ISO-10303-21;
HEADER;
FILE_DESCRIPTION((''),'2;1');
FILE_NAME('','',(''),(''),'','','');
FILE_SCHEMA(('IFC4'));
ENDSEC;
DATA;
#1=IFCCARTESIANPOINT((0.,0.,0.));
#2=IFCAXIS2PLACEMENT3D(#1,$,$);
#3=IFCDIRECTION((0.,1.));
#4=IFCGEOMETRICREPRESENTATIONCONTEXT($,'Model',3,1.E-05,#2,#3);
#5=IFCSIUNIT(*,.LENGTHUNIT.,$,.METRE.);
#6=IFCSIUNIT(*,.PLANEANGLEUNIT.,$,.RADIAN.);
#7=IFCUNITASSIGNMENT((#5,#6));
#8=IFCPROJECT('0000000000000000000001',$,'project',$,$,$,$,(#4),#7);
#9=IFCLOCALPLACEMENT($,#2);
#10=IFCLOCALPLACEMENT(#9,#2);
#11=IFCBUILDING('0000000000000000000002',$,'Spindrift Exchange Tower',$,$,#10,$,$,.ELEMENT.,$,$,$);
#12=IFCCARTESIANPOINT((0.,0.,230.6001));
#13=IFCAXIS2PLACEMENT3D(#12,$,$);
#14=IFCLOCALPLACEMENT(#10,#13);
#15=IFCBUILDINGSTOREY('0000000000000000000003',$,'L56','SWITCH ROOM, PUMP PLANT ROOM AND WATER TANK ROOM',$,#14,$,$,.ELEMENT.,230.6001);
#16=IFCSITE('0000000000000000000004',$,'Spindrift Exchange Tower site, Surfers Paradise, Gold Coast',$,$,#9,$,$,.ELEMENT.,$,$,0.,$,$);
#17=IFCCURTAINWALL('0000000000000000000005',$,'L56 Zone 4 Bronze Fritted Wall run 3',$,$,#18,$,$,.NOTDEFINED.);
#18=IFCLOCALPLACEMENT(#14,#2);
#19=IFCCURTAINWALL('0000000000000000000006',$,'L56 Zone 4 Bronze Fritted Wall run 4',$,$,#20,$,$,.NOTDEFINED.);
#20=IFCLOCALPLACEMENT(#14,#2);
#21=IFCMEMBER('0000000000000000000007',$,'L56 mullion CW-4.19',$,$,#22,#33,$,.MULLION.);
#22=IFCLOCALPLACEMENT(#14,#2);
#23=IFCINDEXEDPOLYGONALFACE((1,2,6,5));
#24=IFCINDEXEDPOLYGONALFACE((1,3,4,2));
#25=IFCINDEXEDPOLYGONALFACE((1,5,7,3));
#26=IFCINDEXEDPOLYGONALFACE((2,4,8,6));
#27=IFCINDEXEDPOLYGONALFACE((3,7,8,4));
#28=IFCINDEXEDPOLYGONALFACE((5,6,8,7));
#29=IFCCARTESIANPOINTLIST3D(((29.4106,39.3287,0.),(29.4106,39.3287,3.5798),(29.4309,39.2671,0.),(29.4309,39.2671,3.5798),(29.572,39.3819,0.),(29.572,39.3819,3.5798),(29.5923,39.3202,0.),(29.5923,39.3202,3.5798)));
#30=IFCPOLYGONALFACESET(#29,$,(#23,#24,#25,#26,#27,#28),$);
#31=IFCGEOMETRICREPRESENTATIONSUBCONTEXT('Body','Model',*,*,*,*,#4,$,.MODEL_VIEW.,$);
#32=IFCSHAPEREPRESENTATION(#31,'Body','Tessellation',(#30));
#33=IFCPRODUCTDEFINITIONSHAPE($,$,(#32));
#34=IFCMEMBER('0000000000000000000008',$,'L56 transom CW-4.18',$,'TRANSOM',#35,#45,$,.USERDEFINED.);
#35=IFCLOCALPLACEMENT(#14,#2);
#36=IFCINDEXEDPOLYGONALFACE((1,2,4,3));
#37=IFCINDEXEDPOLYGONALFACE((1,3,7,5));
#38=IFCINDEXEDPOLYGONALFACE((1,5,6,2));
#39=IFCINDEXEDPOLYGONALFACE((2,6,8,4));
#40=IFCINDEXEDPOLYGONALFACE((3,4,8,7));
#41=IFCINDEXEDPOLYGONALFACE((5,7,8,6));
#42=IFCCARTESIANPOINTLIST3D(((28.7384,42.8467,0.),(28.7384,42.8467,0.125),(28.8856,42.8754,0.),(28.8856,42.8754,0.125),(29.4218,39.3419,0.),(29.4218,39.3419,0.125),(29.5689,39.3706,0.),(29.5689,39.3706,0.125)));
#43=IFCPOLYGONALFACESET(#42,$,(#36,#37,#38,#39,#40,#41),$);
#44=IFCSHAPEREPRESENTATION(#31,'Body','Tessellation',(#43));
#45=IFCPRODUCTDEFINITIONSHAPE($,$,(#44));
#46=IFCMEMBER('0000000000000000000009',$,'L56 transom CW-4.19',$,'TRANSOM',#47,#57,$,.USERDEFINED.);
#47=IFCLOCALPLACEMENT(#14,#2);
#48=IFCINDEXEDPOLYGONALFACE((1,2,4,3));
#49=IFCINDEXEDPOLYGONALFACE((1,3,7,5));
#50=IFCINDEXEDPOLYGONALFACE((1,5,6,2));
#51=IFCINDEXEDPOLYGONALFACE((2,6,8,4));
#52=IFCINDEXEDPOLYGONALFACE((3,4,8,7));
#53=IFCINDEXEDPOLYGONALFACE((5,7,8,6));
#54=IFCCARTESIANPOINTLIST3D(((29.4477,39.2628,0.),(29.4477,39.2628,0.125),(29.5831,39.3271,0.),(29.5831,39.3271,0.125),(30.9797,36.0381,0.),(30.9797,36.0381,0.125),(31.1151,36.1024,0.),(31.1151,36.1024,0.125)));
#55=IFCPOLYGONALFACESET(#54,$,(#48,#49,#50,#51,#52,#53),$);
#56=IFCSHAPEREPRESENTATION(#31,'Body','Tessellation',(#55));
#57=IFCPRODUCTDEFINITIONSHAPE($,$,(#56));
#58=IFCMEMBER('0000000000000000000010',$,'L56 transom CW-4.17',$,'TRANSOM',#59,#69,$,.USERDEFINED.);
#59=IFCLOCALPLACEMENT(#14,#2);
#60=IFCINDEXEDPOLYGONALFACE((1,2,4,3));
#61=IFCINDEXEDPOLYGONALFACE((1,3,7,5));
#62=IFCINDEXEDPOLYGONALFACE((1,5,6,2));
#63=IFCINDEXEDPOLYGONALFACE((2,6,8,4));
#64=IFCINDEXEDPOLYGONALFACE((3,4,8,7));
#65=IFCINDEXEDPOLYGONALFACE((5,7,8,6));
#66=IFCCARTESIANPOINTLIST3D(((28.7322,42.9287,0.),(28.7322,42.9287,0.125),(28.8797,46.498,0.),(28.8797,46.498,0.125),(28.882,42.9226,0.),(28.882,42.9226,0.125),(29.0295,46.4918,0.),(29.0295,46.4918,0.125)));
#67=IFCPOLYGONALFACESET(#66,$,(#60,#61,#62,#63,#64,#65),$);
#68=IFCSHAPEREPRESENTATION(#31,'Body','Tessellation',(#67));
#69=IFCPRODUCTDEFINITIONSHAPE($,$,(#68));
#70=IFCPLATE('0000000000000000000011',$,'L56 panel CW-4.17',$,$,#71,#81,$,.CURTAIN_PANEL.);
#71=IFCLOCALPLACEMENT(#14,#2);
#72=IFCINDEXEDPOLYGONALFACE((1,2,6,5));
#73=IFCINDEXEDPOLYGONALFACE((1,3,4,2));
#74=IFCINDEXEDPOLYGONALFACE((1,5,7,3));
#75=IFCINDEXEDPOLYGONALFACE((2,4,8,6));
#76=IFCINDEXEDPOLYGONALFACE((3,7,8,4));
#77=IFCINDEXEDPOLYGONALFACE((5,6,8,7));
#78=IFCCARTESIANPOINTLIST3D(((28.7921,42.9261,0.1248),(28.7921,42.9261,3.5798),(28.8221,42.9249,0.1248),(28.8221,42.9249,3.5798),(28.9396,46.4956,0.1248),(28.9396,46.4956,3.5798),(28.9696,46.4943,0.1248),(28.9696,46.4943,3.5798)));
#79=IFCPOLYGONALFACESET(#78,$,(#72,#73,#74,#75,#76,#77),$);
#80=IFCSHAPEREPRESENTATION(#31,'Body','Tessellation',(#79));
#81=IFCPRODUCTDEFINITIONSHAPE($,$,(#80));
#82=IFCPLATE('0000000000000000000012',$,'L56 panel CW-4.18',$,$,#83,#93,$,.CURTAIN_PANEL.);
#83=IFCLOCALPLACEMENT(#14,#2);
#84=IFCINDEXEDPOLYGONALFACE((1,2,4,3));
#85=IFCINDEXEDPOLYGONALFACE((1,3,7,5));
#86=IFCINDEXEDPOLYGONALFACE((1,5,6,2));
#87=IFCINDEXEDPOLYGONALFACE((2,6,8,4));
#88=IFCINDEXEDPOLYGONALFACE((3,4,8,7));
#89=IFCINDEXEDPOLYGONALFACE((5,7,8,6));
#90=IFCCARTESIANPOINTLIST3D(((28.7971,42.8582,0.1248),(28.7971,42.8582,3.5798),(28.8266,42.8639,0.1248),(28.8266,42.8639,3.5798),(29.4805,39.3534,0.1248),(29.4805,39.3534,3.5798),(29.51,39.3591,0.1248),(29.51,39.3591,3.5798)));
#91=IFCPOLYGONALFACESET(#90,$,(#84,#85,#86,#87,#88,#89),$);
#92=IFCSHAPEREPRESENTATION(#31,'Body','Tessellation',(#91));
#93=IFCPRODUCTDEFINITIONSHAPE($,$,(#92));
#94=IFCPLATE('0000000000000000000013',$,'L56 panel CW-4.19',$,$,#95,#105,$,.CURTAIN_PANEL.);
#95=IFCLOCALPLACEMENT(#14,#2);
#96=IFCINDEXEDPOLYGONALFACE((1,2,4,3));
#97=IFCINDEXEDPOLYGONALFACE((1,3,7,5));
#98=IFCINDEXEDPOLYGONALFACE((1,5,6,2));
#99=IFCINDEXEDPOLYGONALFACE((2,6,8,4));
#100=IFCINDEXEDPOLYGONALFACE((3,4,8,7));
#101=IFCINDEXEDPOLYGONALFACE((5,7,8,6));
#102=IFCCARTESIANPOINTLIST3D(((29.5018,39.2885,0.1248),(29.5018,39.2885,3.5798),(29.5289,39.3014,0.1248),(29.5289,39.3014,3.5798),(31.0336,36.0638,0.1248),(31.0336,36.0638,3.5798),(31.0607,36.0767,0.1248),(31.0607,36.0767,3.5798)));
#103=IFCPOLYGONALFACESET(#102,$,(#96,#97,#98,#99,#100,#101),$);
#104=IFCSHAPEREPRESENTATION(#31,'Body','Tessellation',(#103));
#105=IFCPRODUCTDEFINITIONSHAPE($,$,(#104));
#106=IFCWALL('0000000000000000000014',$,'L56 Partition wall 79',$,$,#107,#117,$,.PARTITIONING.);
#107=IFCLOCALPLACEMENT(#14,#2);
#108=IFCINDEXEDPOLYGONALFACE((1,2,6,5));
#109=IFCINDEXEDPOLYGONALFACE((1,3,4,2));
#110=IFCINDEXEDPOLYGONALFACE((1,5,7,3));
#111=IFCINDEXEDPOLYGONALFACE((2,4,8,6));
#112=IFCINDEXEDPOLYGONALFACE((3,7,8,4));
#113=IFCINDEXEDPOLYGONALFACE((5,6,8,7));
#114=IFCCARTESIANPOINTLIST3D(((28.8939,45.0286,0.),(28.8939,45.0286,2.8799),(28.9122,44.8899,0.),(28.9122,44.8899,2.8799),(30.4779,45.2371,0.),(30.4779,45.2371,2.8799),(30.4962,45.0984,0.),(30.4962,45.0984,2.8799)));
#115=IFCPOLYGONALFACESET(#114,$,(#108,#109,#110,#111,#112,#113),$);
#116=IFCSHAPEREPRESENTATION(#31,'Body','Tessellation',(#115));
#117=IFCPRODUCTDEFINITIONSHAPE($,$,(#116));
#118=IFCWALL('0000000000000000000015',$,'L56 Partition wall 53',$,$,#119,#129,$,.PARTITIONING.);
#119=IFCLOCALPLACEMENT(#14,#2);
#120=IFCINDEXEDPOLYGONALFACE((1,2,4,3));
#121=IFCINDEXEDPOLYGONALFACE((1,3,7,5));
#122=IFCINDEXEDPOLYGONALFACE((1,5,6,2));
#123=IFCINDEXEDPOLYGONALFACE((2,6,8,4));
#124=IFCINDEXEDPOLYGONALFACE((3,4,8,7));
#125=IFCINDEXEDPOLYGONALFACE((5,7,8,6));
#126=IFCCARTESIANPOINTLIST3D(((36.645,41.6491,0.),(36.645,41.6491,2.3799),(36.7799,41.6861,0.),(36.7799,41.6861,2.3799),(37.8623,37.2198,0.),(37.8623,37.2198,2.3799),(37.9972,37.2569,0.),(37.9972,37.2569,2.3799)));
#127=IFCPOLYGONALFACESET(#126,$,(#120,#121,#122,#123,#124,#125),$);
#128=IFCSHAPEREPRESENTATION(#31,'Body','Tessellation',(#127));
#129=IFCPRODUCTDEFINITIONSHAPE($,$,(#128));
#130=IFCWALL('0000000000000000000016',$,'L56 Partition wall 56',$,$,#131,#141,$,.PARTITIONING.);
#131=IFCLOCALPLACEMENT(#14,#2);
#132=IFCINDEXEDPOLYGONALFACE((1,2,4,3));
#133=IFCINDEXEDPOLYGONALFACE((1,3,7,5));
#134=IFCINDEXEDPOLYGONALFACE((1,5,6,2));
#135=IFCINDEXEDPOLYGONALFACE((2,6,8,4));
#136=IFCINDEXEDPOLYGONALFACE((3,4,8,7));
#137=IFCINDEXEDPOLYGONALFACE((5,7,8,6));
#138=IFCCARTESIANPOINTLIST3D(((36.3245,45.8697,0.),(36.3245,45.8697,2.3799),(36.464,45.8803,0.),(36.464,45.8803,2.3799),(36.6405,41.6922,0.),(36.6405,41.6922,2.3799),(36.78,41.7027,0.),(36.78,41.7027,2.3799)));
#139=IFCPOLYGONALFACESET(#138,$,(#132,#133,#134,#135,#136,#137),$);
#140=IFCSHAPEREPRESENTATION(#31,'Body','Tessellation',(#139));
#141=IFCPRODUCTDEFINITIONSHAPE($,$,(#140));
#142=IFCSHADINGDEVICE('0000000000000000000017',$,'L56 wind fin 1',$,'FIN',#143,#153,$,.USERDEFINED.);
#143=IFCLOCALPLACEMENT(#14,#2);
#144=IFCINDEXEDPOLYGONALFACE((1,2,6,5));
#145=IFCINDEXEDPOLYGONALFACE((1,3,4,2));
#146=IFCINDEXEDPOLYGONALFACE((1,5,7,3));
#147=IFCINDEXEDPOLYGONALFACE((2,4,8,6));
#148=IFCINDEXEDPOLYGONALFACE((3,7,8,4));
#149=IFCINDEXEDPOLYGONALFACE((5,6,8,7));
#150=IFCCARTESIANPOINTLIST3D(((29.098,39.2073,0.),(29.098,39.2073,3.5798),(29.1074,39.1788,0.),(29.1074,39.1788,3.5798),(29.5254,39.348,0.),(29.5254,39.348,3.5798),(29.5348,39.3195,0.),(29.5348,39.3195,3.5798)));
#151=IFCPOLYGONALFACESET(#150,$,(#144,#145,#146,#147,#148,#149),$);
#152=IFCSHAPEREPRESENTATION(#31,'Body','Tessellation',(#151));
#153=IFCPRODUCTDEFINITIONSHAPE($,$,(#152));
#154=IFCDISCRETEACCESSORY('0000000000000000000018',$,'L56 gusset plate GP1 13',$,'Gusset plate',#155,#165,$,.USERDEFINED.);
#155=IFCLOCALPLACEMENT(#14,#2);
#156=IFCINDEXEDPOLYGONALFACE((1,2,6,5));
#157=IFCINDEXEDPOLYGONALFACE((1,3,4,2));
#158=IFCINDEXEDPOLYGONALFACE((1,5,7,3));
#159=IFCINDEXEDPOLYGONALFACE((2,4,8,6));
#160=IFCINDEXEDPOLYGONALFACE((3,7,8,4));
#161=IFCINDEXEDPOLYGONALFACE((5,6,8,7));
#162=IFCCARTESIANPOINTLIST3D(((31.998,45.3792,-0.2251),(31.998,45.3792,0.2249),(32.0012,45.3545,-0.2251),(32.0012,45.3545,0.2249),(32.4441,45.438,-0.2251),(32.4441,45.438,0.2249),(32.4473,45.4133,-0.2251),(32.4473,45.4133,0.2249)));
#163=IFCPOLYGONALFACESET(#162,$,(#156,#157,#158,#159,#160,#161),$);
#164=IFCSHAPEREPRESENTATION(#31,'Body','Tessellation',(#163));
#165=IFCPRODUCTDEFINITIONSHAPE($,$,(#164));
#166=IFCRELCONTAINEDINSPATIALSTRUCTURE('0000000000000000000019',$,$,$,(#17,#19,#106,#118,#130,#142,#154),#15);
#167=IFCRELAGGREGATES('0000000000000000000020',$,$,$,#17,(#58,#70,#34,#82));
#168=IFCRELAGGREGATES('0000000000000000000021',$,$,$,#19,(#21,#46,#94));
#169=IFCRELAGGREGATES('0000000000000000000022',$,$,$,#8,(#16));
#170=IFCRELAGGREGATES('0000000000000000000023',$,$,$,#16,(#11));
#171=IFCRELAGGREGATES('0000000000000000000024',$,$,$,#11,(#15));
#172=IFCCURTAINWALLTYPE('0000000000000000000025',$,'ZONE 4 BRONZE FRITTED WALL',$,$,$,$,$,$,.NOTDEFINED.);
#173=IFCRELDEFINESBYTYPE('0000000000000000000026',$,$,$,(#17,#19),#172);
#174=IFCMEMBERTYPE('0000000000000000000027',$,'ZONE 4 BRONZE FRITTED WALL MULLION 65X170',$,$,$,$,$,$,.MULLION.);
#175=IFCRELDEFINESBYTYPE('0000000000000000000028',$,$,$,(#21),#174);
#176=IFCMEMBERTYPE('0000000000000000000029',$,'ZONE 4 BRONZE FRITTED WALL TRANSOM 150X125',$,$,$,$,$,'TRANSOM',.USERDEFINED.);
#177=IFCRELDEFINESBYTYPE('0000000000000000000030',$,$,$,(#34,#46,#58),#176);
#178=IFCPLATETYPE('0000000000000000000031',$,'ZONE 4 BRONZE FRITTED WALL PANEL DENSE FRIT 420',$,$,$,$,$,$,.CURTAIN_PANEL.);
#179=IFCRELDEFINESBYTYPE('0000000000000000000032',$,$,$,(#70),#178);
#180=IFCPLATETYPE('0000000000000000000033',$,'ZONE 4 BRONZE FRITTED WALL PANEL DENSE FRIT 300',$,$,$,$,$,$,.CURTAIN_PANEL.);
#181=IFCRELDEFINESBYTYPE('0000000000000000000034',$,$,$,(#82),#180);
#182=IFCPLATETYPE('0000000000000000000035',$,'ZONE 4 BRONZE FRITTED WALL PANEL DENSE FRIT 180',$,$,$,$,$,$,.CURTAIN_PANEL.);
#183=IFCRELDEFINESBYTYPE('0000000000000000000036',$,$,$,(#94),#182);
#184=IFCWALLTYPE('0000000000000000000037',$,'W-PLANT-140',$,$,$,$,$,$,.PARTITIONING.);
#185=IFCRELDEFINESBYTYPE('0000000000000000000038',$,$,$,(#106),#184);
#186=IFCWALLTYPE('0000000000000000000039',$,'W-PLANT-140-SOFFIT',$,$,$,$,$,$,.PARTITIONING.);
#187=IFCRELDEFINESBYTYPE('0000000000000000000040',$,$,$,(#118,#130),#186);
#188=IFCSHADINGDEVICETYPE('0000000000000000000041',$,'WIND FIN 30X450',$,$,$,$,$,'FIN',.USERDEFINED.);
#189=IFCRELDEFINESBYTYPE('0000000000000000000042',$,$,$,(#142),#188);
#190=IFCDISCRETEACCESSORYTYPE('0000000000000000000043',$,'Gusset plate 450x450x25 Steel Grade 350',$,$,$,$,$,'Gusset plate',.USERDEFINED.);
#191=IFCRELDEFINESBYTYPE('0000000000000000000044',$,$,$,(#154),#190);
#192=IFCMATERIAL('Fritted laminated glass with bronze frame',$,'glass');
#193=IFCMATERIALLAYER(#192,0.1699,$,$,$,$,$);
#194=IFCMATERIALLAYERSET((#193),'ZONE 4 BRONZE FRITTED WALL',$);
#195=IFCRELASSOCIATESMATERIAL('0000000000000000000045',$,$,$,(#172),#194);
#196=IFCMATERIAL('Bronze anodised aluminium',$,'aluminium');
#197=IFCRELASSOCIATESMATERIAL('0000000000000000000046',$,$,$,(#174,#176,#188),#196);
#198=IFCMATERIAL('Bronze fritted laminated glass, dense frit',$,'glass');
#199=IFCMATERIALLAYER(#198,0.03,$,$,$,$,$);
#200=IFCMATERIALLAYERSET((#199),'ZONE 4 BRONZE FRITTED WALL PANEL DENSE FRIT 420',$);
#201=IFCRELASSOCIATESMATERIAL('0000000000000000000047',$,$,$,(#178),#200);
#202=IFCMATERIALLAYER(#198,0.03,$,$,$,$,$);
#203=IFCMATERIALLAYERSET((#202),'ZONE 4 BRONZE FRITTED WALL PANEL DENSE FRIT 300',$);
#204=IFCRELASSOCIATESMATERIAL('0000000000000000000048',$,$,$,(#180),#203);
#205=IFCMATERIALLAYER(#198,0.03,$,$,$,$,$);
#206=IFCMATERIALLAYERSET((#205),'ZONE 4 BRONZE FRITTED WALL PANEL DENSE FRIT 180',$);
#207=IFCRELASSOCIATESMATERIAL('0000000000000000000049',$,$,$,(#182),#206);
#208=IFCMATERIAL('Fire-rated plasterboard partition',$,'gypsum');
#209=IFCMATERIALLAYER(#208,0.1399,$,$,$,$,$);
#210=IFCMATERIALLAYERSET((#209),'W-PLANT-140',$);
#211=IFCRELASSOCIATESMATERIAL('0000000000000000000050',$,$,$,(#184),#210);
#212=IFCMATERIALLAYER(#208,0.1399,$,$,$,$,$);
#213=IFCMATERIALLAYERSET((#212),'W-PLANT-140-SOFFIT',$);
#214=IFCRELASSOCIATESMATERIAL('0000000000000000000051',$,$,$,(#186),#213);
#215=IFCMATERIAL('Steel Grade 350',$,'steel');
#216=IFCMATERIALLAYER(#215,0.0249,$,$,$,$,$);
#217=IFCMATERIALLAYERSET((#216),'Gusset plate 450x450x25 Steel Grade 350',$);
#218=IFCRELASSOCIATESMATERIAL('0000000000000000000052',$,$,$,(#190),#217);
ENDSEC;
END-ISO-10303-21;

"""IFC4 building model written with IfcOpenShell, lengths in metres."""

from ifc_helpers import new_model, si_unit, direction, frame, frame_2d, origin, origin_2d, place, context, subcontext, project, spatial, rectangle, extrude, source, transform, mapped, material, layer, layer_set, material_profile, profile_set, type_object, element, aggregate, save


model = new_model("IFC4")

# Units and contexts
model_context = context("Model", 3, precision=1e-05, world=origin(), true_north=direction((0.0, 1.0)))
body_context = subcontext(model_context, "Body", "Model", "MODEL_VIEW")
ifc_project = project(units=[si_unit("LENGTHUNIT", "METRE"), si_unit("PLANEANGLEUNIT", "RADIAN")], contexts=[model_context])

# Site, building, storey
site_placement = place(None, origin())
site = spatial("IfcSite", under=ifc_project, at=site_placement, Name="Spindrift Exchange Tower site, Surfers Paradise, Gold Coast", CompositionType="ELEMENT", RefElevation=0.0)
building_placement = place(site_placement, origin())
building = spatial("IfcBuilding", under=site, at=building_placement, Name="Spindrift Exchange Tower", CompositionType="ELEMENT")
storey_placement = place(building_placement, frame((0.0, 0.0, 230.6001)))
storey = spatial("IfcBuildingStorey", under=building, at=storey_placement, Name="L56", Description="SWITCH ROOM, PUMP PLANT ROOM AND WATER TANK ROOM", CompositionType="ELEMENT", Elevation=230.6001)

# Shared definitions
ifc_material_1 = material(Name="Steel Grade 350", Category="steel")

# Curtain wall
ifc_material_2 = material(Name="Fritted laminated glass with bronze frame", Category="glass")
ifc_layer_1 = layer(ifc_material_2, 0.1699)
ifc_layer_set_1 = layer_set([ifc_layer_1], Name="ZONE 4 BRONZE FRITTED WALL")
curtain_wall_type = type_object("IfcCurtainWallType", Name="ZONE 4 BRONZE FRITTED WALL", PredefinedType="NOTDEFINED", material=ifc_layer_set_1)
curtain_wall_1_placement = place(storey_placement, origin())
curtain_wall_1 = element("IfcCurtainWall", 1, at=curtain_wall_1_placement, inside=storey, type_object=curtain_wall_type, Name="L56 Zone 4 Bronze Fritted Wall run 3", PredefinedType="NOTDEFINED")
ifc_material_3 = material(Name="Bronze anodised aluminium", Category="aluminium")
ifc_material_profile_1 = material_profile(ifc_material_3, rectangle(XDim=0.0649, YDim=0.1699, at=origin_2d()), Name="ZONE 4 BRONZE FRITTED WALL MULLION 65X170")
ifc_profile_set_1 = profile_set([ifc_material_profile_1], Name="Bronze anodised aluminium")
member_type_1 = type_object("IfcMemberType", Name="ZONE 4 BRONZE FRITTED WALL MULLION 65X170", PredefinedType="MULLION", material=ifc_profile_set_1)
shared_shape_1 = source(origin(), body_context, "Body", "SweptSolid", [
    extrude(rectangle(XDim=0.0649, YDim=0.1699, at=origin_2d()), origin(), (0.0, 0.0, 1.0), 3.5798),
])

# Curtain wall, member
curtain_wall_2_placement = place(storey_placement, origin())
curtain_wall_2 = element("IfcCurtainWall", 2, at=curtain_wall_2_placement, inside=storey, type_object=curtain_wall_type, Name="L56 Zone 4 Bronze Fritted Wall run 4", PredefinedType="NOTDEFINED")
member_1_placement = place(storey_placement, frame((29.5015, 39.3245, 0.0), z_axis=(0.0, 0.0, 1.0), x_axis=(0.312683, -0.949858, 0.0)))
member_1 = element("IfcMember", 3, at=member_1_placement, type_object=member_type_1, Name="L56 mullion CW-4.19", PredefinedType="MULLION", context=body_context, shape_type="MappedRepresentation", body=[
    mapped(shared_shape_1, transform((0.0, 0.0, 0.0), scale=1.0)),
])

# Members
ifc_material_profile_2 = material_profile(ifc_material_3, rectangle(XDim=0.1499, YDim=0.125, at=origin_2d()), Name="ZONE 4 BRONZE FRITTED WALL TRANSOM 150X125")
ifc_profile_set_2 = profile_set([ifc_material_profile_2], Name="Bronze anodised aluminium")
member_type_2 = type_object("IfcMemberType", Name="ZONE 4 BRONZE FRITTED WALL TRANSOM 150X125", ElementType="TRANSOM", PredefinedType="USERDEFINED", material=ifc_profile_set_2)
shared_shape_2 = source(origin(), body_context, "Body", "SweptSolid", [
    extrude(rectangle(XDim=0.1499, YDim=0.125, at=origin_2d()), origin(), (0.0, 0.0, 1.0), 3.5708),
])
member_2_placement = place(storey_placement, frame((28.812, 42.8611, 0.0625), z_axis=(0.191367, -0.981518, 0.0), x_axis=(0.981518, 0.191367, 0.0)))
member_2 = element("IfcMember", 4, at=member_2_placement, type_object=member_type_2, Name="L56 transom CW-4.18", ObjectType="TRANSOM", PredefinedType="USERDEFINED", context=body_context, shape_type="MappedRepresentation", body=[
    mapped(shared_shape_2, transform((0.0, 0.0, 0.0), scale=1.0)),
])
shared_shape_3 = source(origin(), body_context, "Body", "SweptSolid", [
    extrude(rectangle(XDim=0.1499, YDim=0.125, at=origin_2d()), origin(), (0.0, 0.0, 1.0), 3.5701),
])
member_3_placement = place(storey_placement, frame((29.5154, 39.2949, 0.0625), z_axis=(0.429124, -0.903246, 0.0), x_axis=(0.903246, 0.429124, 0.0)))
member_3 = element("IfcMember", 5, at=member_3_placement, type_object=member_type_2, Name="L56 transom CW-4.19", ObjectType="TRANSOM", PredefinedType="USERDEFINED", context=body_context, shape_type="MappedRepresentation", body=[
    mapped(shared_shape_3, transform((0.0, 0.0, 0.0), scale=1.0)),
])
shared_shape_4 = source(origin(), body_context, "Body", "SweptSolid", [
    extrude(rectangle(XDim=0.1499, YDim=0.125, at=origin_2d()), origin(), (0.0, 0.0, 1.0), 3.5723),
])
member_4_placement = place(storey_placement, frame((28.9546, 46.4949, 0.0625), z_axis=(-0.041278, -0.999148, 0.0), x_axis=(0.999148, -0.041278, 0.0)))
member_4 = element("IfcMember", 6, at=member_4_placement, type_object=member_type_2, Name="L56 transom CW-4.17", ObjectType="TRANSOM", PredefinedType="USERDEFINED", context=body_context, shape_type="MappedRepresentation", body=[
    mapped(shared_shape_4, transform((0.0, 0.0, 0.0), scale=1.0)),
])

# Plates
ifc_material_4 = material(Name="Bronze fritted laminated glass, dense frit", Category="glass")
ifc_layer_2 = layer(ifc_material_4, 0.03)
ifc_layer_set_2 = layer_set([ifc_layer_2], Name="ZONE 4 BRONZE FRITTED WALL PANEL DENSE FRIT 420")
plate_type_1 = type_object("IfcPlateType", Name="ZONE 4 BRONZE FRITTED WALL PANEL DENSE FRIT 420", PredefinedType="CURTAIN_PANEL", material=ifc_layer_set_2)
shared_shape_5 = source(origin(), body_context, "Body", "SweptSolid", [
    extrude(rectangle(XDim=3.5725, YDim=0.03, at=origin_2d()), origin(), (0.0, 0.0, 1.0), 3.4551),
])
plate_1_placement = place(storey_placement, frame((28.8809, 44.7102, 0.1248), z_axis=(0.0, 0.0, 1.0), x_axis=(-0.041293, -0.999147, 0.0)))
plate_1 = element("IfcPlate", 7, at=plate_1_placement, type_object=plate_type_1, Name="L56 panel CW-4.17", PredefinedType="CURTAIN_PANEL", context=body_context, shape_type="MappedRepresentation", body=[
    mapped(shared_shape_5, transform((0.0, 0.0, 0.0), scale=1.0)),
])
ifc_layer_3 = layer(ifc_material_4, 0.03)
ifc_layer_set_3 = layer_set([ifc_layer_3], Name="ZONE 4 BRONZE FRITTED WALL PANEL DENSE FRIT 300")
plate_type_2 = type_object("IfcPlateType", Name="ZONE 4 BRONZE FRITTED WALL PANEL DENSE FRIT 300", PredefinedType="CURTAIN_PANEL", material=ifc_layer_set_3)
shared_shape_6 = source(origin(), body_context, "Body", "SweptSolid", [
    extrude(rectangle(XDim=3.5708, YDim=0.03, at=origin_2d()), origin(), (0.0, 0.0, 1.0), 3.4551),
])
plate_2_placement = place(storey_placement, frame((29.1536, 41.1086, 0.1248), z_axis=(0.0, 0.0, 1.0), x_axis=(0.191374, -0.981517, 0.0)))
plate_2 = element("IfcPlate", 8, at=plate_2_placement, type_object=plate_type_2, Name="L56 panel CW-4.18", PredefinedType="CURTAIN_PANEL", context=body_context, shape_type="MappedRepresentation", body=[
    mapped(shared_shape_6, transform((0.0, 0.0, 0.0), scale=1.0)),
])
aggregate(curtain_wall_1, [member_4, plate_1, member_2, plate_2])
ifc_layer_4 = layer(ifc_material_4, 0.03)
ifc_layer_set_4 = layer_set([ifc_layer_4], Name="ZONE 4 BRONZE FRITTED WALL PANEL DENSE FRIT 180")
plate_type_3 = type_object("IfcPlateType", Name="ZONE 4 BRONZE FRITTED WALL PANEL DENSE FRIT 180", PredefinedType="CURTAIN_PANEL", material=ifc_layer_set_4)
shared_shape_7 = source(origin(), body_context, "Body", "SweptSolid", [
    extrude(rectangle(XDim=3.5701, YDim=0.03, at=origin_2d()), origin(), (0.0, 0.0, 1.0), 3.4551),
])
plate_3_placement = place(storey_placement, frame((30.2812, 37.6826, 0.1248), z_axis=(0.0, 0.0, 1.0), x_axis=(0.429075, -0.903269, 0.0)))
plate_3 = element("IfcPlate", 9, at=plate_3_placement, type_object=plate_type_3, Name="L56 panel CW-4.19", PredefinedType="CURTAIN_PANEL", context=body_context, shape_type="MappedRepresentation", body=[
    mapped(shared_shape_7, transform((0.0, 0.0, 0.0), scale=1.0)),
])
aggregate(curtain_wall_2, [member_1, member_3, plate_3])

# Walls
ifc_material_5 = material(Name="Fire-rated plasterboard partition", Category="gypsum")
ifc_layer_5 = layer(ifc_material_5, 0.1399)
ifc_layer_set_5 = layer_set([ifc_layer_5], Name="W-PLANT-140")
wall_type_1 = type_object("IfcWallType", Name="W-PLANT-140", PredefinedType="PARTITIONING", material=ifc_layer_set_5)
wall_1_placement = place(storey_placement, frame((30.4871, 45.1677, 0.0), z_axis=(0.0, 0.0, 1.0), x_axis=(-0.991448, -0.130502, 0.0)))
element("IfcWall", 10, at=wall_1_placement, inside=storey, type_object=wall_type_1, Name="L56 Partition wall 79", PredefinedType="PARTITIONING", context=body_context, shape_type="SweptSolid", body=[
    extrude(rectangle(XDim=1.5977, YDim=0.1399, at=frame_2d((0.7988, 0.0))), origin(), (0.0, 0.0, 1.0), 2.8799),
])
ifc_layer_6 = layer(ifc_material_5, 0.1399)
ifc_layer_set_6 = layer_set([ifc_layer_6], Name="W-PLANT-140-SOFFIT")
wall_type_2 = type_object("IfcWallType", Name="W-PLANT-140-SOFFIT", PredefinedType="PARTITIONING", material=ifc_layer_set_6)
wall_2_placement = place(storey_placement, frame((36.7124, 41.6677, 0.0), z_axis=(0.0, 0.0, 1.0), x_axis=(0.265006, -0.964247, 0.0)))
element("IfcWall", 11, at=wall_2_placement, inside=storey, type_object=wall_type_2, Name="L56 Partition wall 53", PredefinedType="PARTITIONING", context=body_context, shape_type="SweptSolid", body=[
    extrude(rectangle(XDim=4.5935, YDim=0.1399, at=frame_2d((2.2969, 0.0))), origin(), (0.0, 0.0, 1.0), 2.3799),
])
wall_3_placement = place(storey_placement, frame((36.3943, 45.875, 0.0), z_axis=(0.0, 0.0, 1.0), x_axis=(0.075409, -0.997153, 0.0)))
element("IfcWall", 12, at=wall_3_placement, inside=storey, type_object=wall_type_2, Name="L56 Partition wall 56", PredefinedType="PARTITIONING", context=body_context, shape_type="SweptSolid", body=[
    extrude(rectangle(XDim=4.1895, YDim=0.1399, at=frame_2d((2.0947, 0.0))), origin(), (0.0, 0.0, 1.0), 2.3799),
])

# Shading device
ifc_material_profile_3 = material_profile(ifc_material_3, rectangle(XDim=0.03, YDim=0.45, at=origin_2d()), Name="WIND FIN 30X450")
ifc_profile_set_3 = profile_set([ifc_material_profile_3], Name="Bronze anodised aluminium")
shading_device_type = type_object("IfcShadingDeviceType", Name="WIND FIN 30X450", ElementType="FIN", PredefinedType="USERDEFINED", material=ifc_profile_set_3)
shared_shape_8 = source(origin(), body_context, "Body", "SweptSolid", [
    extrude(rectangle(XDim=0.03, YDim=0.45, at=origin_2d()), origin(), (0.0, 0.0, 1.0), 3.5798),
])
shading_device_placement = place(storey_placement, frame((29.3164, 39.2634, 0.0), z_axis=(0.0, 0.0, 1.0), x_axis=(0.312683, -0.949858, 0.0)))
element("IfcShadingDevice", 13, at=shading_device_placement, inside=storey, type_object=shading_device_type, Name="L56 wind fin 1", ObjectType="FIN", PredefinedType="USERDEFINED", context=body_context, shape_type="MappedRepresentation", body=[
    mapped(shared_shape_8, transform((0.0, 0.0, 0.0), scale=1.0)),
])

# Discrete accessory
ifc_layer_7 = layer(ifc_material_1, 0.0249)
ifc_layer_set_7 = layer_set([ifc_layer_7], Name="Gusset plate 450x450x25 Steel Grade 350")
discrete_accessory_type_1 = type_object("IfcDiscreteAccessoryType", Name="Gusset plate 450x450x25 Steel Grade 350", ElementType="Gusset plate", PredefinedType="USERDEFINED", material=ifc_layer_set_7)
shared_shape_9 = source(origin(), body_context, "Body", "SweptSolid", [
    extrude(rectangle(XDim=0.45, YDim=0.0249, at=origin_2d()), origin(), (0.0, 0.0, 1.0), 0.45),
])
for number, where, z_axis, x_axis, name in (
    (14, (32.2227, 45.3962, -0.2251), (0.0, 0.0, 1.0), (-0.991445, -0.130526, 0.0), "L56 gusset plate GP1 13"),
):
    element("IfcDiscreteAccessory", number, at=place(storey_placement, frame(where, z_axis=z_axis, x_axis=x_axis)), inside=storey, type_object=discrete_accessory_type_1, Name=name, ObjectType="Gusset plate", PredefinedType="USERDEFINED", context=body_context, shape_type="MappedRepresentation", body=[
        mapped(shared_shape_9, transform((0.0, 0.0, 0.0), scale=1.0)),
    ])

save(model, "model.ifc")
